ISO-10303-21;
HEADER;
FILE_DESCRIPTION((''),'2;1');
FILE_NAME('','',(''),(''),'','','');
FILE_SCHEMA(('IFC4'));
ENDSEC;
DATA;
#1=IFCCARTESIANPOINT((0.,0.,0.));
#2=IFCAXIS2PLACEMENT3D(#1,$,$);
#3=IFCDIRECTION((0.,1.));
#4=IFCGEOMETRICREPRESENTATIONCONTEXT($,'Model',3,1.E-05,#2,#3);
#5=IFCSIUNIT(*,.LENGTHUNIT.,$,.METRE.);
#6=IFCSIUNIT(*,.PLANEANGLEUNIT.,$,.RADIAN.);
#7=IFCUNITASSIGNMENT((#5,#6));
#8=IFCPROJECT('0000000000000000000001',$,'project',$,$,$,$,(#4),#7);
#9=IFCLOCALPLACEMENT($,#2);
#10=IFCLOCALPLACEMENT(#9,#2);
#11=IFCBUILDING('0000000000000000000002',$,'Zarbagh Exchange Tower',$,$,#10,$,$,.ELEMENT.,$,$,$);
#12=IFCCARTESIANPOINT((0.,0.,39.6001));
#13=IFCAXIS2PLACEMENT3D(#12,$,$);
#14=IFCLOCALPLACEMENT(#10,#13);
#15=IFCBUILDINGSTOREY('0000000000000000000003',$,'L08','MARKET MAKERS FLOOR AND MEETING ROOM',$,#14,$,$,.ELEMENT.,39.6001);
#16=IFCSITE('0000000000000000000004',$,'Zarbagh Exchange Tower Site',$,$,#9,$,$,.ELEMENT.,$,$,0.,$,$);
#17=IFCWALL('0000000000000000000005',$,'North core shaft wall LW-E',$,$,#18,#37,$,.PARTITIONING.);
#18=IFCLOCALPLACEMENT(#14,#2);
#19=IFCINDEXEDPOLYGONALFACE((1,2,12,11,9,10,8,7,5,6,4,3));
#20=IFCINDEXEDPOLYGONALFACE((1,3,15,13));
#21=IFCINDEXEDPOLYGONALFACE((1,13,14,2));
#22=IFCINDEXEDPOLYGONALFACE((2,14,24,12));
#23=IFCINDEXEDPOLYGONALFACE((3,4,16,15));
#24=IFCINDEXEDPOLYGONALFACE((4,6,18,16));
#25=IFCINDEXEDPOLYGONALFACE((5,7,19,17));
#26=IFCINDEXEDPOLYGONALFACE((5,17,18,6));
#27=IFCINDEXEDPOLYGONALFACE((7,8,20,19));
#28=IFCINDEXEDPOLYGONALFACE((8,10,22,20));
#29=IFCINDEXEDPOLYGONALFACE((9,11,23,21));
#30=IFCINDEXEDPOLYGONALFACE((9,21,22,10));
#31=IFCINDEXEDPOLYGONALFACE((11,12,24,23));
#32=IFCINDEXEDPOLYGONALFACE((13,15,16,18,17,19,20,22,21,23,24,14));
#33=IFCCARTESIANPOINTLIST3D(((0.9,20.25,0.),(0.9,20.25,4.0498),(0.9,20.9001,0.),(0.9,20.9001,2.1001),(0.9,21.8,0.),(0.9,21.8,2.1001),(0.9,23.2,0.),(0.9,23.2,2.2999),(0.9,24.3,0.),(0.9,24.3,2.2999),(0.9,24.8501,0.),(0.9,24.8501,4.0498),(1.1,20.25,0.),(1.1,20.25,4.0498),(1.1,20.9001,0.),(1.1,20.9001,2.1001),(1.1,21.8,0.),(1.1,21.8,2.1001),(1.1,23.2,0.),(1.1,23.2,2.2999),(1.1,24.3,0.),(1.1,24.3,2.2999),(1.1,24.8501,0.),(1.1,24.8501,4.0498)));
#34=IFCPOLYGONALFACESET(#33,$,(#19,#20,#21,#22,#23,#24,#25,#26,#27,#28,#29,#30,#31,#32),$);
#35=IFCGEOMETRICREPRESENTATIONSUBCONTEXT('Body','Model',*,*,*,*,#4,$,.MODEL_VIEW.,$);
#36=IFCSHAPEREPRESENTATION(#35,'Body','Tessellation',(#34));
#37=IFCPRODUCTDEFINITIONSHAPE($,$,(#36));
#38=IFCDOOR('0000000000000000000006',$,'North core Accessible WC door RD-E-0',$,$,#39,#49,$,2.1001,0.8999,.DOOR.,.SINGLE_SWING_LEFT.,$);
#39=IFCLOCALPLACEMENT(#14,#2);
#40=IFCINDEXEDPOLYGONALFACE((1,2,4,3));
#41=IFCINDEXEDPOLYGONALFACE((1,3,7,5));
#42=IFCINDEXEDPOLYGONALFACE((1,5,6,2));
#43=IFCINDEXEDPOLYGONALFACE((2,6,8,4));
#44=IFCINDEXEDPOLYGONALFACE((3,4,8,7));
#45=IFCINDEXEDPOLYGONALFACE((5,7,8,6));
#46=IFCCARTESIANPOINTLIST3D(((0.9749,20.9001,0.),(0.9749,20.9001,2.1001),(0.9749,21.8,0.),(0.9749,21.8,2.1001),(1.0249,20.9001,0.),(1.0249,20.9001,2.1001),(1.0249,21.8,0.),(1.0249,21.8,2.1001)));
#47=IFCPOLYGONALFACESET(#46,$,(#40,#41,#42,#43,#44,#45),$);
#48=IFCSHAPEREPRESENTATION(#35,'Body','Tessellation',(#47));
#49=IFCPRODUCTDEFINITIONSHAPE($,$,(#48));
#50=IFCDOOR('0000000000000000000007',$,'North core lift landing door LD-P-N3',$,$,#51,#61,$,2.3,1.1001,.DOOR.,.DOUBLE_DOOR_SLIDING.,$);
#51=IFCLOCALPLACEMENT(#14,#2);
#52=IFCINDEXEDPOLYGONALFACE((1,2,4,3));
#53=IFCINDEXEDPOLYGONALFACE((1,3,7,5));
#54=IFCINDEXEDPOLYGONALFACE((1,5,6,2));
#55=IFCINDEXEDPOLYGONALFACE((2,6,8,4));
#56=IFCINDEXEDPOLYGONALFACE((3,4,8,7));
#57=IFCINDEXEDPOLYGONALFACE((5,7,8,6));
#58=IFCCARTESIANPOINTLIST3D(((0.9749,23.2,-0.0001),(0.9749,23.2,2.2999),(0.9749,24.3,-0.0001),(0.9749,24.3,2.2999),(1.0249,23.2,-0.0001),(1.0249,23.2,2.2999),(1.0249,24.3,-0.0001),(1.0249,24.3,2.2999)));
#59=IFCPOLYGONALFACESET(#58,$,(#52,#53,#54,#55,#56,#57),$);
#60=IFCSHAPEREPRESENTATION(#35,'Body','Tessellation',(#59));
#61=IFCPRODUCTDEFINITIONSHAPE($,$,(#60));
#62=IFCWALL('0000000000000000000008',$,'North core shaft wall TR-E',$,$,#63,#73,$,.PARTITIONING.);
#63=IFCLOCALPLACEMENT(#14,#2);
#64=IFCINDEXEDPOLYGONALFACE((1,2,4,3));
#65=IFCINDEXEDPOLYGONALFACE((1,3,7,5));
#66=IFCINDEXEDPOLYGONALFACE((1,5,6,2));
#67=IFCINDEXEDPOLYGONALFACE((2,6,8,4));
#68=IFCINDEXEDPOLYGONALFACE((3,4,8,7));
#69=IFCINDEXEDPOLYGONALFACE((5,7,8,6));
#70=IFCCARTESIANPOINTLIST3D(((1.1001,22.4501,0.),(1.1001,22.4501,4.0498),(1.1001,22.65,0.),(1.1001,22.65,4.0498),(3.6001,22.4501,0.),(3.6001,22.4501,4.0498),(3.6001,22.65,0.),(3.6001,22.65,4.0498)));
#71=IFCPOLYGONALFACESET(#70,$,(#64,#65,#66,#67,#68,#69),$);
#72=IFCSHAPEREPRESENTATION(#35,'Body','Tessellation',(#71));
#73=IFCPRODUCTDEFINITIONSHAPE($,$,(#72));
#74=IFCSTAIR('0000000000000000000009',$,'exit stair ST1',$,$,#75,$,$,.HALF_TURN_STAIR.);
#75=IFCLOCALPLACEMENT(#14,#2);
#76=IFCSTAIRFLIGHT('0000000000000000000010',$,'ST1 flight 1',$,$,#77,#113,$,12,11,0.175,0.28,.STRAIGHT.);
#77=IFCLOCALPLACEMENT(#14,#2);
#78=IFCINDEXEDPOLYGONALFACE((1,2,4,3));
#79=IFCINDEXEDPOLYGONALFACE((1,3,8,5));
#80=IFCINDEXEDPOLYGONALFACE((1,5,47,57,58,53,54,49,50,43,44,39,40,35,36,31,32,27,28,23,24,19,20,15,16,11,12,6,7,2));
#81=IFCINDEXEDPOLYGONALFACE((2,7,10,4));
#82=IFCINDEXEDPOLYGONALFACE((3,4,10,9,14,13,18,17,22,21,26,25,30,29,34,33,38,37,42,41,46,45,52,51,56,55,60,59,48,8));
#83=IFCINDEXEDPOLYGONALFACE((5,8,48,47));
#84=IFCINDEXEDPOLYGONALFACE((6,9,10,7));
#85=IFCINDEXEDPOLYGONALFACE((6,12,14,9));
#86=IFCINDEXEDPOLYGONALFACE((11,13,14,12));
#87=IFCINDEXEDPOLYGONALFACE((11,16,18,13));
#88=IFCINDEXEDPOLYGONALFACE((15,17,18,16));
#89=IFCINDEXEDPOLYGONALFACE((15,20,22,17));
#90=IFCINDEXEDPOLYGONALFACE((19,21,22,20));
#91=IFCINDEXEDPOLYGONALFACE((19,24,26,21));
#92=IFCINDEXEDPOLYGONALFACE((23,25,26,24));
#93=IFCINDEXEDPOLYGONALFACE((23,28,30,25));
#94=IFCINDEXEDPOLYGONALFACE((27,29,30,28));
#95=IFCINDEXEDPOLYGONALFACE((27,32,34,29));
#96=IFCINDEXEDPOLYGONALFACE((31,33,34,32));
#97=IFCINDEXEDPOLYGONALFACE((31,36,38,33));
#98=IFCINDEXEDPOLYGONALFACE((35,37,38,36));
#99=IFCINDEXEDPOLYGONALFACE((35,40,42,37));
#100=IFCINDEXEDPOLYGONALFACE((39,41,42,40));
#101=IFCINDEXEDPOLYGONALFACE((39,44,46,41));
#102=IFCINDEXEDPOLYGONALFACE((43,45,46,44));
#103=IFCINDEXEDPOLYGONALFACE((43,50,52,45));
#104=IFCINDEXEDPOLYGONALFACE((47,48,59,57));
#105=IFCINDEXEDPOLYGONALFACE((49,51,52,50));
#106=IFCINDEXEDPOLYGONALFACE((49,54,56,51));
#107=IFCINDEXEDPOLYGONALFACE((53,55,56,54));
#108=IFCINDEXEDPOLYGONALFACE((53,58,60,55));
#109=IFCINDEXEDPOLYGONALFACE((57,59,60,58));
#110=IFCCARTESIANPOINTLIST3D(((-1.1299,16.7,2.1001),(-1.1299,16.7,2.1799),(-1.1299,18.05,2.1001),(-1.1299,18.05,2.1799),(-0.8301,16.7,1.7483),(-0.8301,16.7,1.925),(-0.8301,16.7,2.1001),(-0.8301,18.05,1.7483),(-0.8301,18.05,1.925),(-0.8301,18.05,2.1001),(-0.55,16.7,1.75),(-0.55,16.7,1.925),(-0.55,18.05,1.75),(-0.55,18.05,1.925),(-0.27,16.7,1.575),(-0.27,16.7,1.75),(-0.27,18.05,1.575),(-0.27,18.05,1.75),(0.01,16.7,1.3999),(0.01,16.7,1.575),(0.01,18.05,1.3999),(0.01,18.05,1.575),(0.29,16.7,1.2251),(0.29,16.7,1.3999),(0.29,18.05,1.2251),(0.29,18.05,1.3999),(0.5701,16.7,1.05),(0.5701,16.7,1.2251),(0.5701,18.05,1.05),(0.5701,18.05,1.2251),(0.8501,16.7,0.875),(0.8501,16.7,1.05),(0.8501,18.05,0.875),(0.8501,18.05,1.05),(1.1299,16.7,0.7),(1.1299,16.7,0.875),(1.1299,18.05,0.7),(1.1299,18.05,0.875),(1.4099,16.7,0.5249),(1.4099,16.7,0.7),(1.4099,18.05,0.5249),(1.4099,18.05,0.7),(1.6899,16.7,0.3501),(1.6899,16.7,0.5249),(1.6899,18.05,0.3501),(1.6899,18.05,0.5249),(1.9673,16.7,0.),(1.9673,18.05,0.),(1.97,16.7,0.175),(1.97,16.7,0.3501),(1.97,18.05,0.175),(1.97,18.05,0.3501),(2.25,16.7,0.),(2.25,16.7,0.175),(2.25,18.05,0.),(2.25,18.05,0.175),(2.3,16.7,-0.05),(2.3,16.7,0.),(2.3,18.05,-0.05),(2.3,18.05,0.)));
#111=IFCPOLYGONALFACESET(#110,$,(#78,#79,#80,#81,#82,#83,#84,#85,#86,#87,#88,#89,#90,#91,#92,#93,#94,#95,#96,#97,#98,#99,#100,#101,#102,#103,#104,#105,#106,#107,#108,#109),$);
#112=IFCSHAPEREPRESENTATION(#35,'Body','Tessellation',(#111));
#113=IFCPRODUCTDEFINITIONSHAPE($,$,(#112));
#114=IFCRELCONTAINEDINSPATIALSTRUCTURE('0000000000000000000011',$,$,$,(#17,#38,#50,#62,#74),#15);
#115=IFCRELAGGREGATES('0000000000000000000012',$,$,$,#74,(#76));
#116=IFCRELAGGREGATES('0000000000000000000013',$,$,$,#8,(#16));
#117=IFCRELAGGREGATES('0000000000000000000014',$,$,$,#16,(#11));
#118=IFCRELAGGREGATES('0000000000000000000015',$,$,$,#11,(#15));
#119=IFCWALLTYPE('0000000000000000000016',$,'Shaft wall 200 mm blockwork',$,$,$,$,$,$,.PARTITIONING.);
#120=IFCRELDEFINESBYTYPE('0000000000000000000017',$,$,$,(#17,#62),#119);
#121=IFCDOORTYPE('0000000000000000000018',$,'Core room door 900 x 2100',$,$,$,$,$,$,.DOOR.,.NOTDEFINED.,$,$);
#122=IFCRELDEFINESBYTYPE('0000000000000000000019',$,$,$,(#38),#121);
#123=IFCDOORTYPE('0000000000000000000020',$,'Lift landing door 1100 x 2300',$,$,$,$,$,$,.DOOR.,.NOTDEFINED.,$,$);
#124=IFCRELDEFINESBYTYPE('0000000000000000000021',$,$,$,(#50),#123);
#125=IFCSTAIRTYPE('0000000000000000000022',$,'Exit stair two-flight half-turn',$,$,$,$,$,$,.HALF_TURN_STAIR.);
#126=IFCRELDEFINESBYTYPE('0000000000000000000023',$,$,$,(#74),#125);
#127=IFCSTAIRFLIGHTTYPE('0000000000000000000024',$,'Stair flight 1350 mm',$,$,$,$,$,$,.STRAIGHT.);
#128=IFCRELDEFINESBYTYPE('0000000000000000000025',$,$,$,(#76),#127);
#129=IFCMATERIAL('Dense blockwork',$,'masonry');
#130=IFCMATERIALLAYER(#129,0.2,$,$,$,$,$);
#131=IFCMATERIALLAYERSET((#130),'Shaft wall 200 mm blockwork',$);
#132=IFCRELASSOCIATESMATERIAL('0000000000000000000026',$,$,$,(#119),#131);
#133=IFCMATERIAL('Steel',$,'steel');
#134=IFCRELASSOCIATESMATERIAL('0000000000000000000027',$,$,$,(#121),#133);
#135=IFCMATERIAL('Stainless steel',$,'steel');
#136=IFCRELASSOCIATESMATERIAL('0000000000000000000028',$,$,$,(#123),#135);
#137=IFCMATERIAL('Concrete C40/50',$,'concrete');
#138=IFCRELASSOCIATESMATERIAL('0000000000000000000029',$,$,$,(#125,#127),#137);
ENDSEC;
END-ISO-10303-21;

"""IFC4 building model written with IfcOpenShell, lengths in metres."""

from ifc_helpers import new_model, si_unit, direction, frame, frame_2d, origin, place, context, subcontext, project, spatial, polyline, rectangle, outline, extrude, material, layer, layer_set, type_object, element, fill, aggregate, save


model = new_model("IFC4")

# Units and contexts
model_context = context("Model", 3, precision=1e-05, world=origin(), true_north=direction((0.0, 1.0)))
body_context = subcontext(model_context, "Body", "Model", "MODEL_VIEW")
ifc_project = project(units=[si_unit("LENGTHUNIT", "METRE"), si_unit("PLANEANGLEUNIT", "RADIAN")], contexts=[model_context])

# Site, building, storey
site_placement = place(None, origin())
site = spatial("IfcSite", under=ifc_project, at=site_placement, Name="Zarbagh Exchange Tower Site", CompositionType="ELEMENT", RefElevation=0.0)
building_placement = place(site_placement, origin())
building = spatial("IfcBuilding", under=site, at=building_placement, Name="Zarbagh Exchange Tower", CompositionType="ELEMENT")
storey_placement = place(building_placement, frame((0.0, 0.0, 39.6001)))
storey = spatial("IfcBuildingStorey", under=building, at=storey_placement, Name="L08", Description="MARKET MAKERS FLOOR AND MEETING ROOM", CompositionType="ELEMENT", Elevation=39.6001)

# Wall, openings, doors
ifc_material_1 = material(Name="Steel", Category="steel")
ifc_material_2 = material(Name="Dense blockwork", Category="masonry")
ifc_layer_1 = layer(ifc_material_2, 0.2)
ifc_layer_set_1 = layer_set([ifc_layer_1], Name="Shaft wall 200 mm blockwork")
wall_type_1 = type_object("IfcWallType", Name="Shaft wall 200 mm blockwork", PredefinedType="PARTITIONING", material=ifc_layer_set_1)
wall_1_placement = place(storey_placement, frame((1.0, 24.8501, 0.0), z_axis=(0.0, 0.0, 1.0), x_axis=(0.0, -1.0, 0.0)))
wall_1 = element("IfcWall", 1, at=wall_1_placement, inside=storey, type_object=wall_type_1, Name="North core shaft wall LW-E", PredefinedType="PARTITIONING", context=body_context, shape_type="SweptSolid", body=[
    extrude(rectangle(XDim=4.6001, YDim=0.2, at=frame_2d((2.3, 0.0))), origin(), (0.0, 0.0, 1.0), 4.0498),
])
opening_1_placement = place(wall_1_placement, frame((0.55, 0.0, 0.0)))
opening_1 = element("IfcOpeningElement", 2, at=opening_1_placement, cuts=wall_1, PredefinedType="OPENING", context=body_context, shape_type="SweptSolid", body=[
    extrude(rectangle(XDim=1.1001, YDim=2.3, at=frame_2d((0.55, 1.1499))), frame((0.0, 0.1099, 0.0), z_axis=(0.0, -1.0, 0.0), x_axis=(1.0, 0.0, 0.0)), (0.0, 0.0, 1.0), 0.22),
])
opening_2_placement = place(wall_1_placement, frame((3.05, 0.0, 0.0)))
opening_2 = element("IfcOpeningElement", 3, at=opening_2_placement, cuts=wall_1, PredefinedType="OPENING", context=body_context, shape_type="SweptSolid", body=[
    extrude(rectangle(XDim=0.8999, YDim=2.1001, at=frame_2d((0.45, 1.05))), frame((0.0, 0.1099, 0.0), z_axis=(0.0, -1.0, 0.0), x_axis=(1.0, 0.0, 0.0)), (0.0, 0.0, 1.0), 0.22),
])
door_type_1 = type_object("IfcDoorType", Name="Core room door 900 x 2100", OperationType="NOTDEFINED", PredefinedType="DOOR", material=ifc_material_1)
door_1_placement = place(opening_2_placement, origin())
door_1 = element("IfcDoor", 4, at=door_1_placement, inside=storey, type_object=door_type_1, Name="North core Accessible WC door RD-E-0", OperationType="SINGLE_SWING_LEFT", OverallHeight=2.1001, OverallWidth=0.8999, PredefinedType="DOOR", context=body_context, shape_type="SweptSolid", body=[
    extrude(rectangle(XDim=0.8999, YDim=2.1001, at=frame_2d((0.45, 1.05))), frame((0.0, 0.0249, 0.0), z_axis=(0.0, -1.0, 0.0), x_axis=(1.0, 0.0, 0.0)), (0.0, 0.0, 1.0), 0.05),
])
fill(opening_2, door_1)
ifc_material_3 = material(Name="Stainless steel", Category="steel")
door_type_2 = type_object("IfcDoorType", Name="Lift landing door 1100 x 2300", OperationType="NOTDEFINED", PredefinedType="DOOR", material=ifc_material_3)
door_2_placement = place(opening_1_placement, origin())
door_2 = element("IfcDoor", 5, at=door_2_placement, inside=storey, type_object=door_type_2, Name="North core lift landing door LD-P-N3", OperationType="DOUBLE_DOOR_SLIDING", OverallHeight=2.3, OverallWidth=1.1001, PredefinedType="DOOR", context=body_context, shape_type="SweptSolid", body=[
    extrude(rectangle(XDim=1.1001, YDim=2.3, at=frame_2d((0.55, 1.1499))), frame((0.0, 0.0249, 0.0), z_axis=(0.0, -1.0, 0.0), x_axis=(1.0, 0.0, 0.0)), (0.0, 0.0, 1.0), 0.05),
])
fill(opening_1, door_2)

# Wall
wall_2_placement = place(storey_placement, frame((1.1001, 22.55, 0.0), z_axis=(0.0, 0.0, 1.0), x_axis=(1.0, 0.0, 0.0)))
element("IfcWall", 6, at=wall_2_placement, inside=storey, type_object=wall_type_1, Name="North core shaft wall TR-E", PredefinedType="PARTITIONING", context=body_context, shape_type="SweptSolid", body=[
    extrude(rectangle(XDim=2.5, YDim=0.2, at=frame_2d((1.25, 0.0))), origin(), (0.0, 0.0, 1.0), 4.0498),
])

# Stair, stair flight
ifc_material_4 = material(Name="Concrete C40/50", Category="concrete")
stair_type = type_object("IfcStairType", Name="Exit stair two-flight half-turn", PredefinedType="HALF_TURN_STAIR", material=ifc_material_4)
stair_placement = place(storey_placement, origin())
stair = element("IfcStair", 7, at=stair_placement, inside=storey, type_object=stair_type, Name="exit stair ST1", PredefinedType="HALF_TURN_STAIR")
stair_flight_type = type_object("IfcStairFlightType", Name="Stair flight 1350 mm", PredefinedType="STRAIGHT", material=ifc_material_4)
stair_flight_placement = place(storey_placement, frame((2.25, 17.375, 0.0), z_axis=(0.0, 0.0, 1.0), x_axis=(-1.0, 0.0, 0.0)))
stair_flight = element("IfcStairFlight", 8, at=stair_flight_placement, type_object=stair_flight_type, Name="ST1 flight 1", NumberOfRisers=12, NumberOfTreads=11, PredefinedType="STRAIGHT", RiserHeight=0.175, TreadLength=0.28, context=body_context, shape_type="SweptSolid", body=[
    extrude(outline(polyline([(-0.05, -0.05), (-0.05, 0.0), (0.0, 0.0), (0.0, 0.175), (0.28, 0.175), (0.28, 0.3501), (0.5601, 0.3501), (0.5601, 0.5249), (0.8401, 0.5249), (0.8401, 0.7), (1.1201, 0.7), (1.1201, 0.875), (1.3999, 0.875), (1.3999, 1.05), (1.6799, 1.05), (1.6799, 1.2251), (1.96, 1.2251), (1.96, 1.3999), (2.24, 1.3999), (2.24, 1.575), (2.52, 1.575), (2.52, 1.75), (2.8, 1.75), (2.8, 1.925), (3.0801, 1.925), (3.0801, 2.1001), (3.3799, 2.1799), (3.3799, 2.1001), (3.0801, 1.7483), (0.2827, 0.0), (-0.05, -0.05)])), frame((0.0, 0.675, 0.0), z_axis=(0.0, -1.0, 0.0), x_axis=(1.0, 0.0, 0.0)), (0.0, 0.0, 1.0), 1.3501),
])
aggregate(stair, [stair_flight])

save(model, "model.ifc")
